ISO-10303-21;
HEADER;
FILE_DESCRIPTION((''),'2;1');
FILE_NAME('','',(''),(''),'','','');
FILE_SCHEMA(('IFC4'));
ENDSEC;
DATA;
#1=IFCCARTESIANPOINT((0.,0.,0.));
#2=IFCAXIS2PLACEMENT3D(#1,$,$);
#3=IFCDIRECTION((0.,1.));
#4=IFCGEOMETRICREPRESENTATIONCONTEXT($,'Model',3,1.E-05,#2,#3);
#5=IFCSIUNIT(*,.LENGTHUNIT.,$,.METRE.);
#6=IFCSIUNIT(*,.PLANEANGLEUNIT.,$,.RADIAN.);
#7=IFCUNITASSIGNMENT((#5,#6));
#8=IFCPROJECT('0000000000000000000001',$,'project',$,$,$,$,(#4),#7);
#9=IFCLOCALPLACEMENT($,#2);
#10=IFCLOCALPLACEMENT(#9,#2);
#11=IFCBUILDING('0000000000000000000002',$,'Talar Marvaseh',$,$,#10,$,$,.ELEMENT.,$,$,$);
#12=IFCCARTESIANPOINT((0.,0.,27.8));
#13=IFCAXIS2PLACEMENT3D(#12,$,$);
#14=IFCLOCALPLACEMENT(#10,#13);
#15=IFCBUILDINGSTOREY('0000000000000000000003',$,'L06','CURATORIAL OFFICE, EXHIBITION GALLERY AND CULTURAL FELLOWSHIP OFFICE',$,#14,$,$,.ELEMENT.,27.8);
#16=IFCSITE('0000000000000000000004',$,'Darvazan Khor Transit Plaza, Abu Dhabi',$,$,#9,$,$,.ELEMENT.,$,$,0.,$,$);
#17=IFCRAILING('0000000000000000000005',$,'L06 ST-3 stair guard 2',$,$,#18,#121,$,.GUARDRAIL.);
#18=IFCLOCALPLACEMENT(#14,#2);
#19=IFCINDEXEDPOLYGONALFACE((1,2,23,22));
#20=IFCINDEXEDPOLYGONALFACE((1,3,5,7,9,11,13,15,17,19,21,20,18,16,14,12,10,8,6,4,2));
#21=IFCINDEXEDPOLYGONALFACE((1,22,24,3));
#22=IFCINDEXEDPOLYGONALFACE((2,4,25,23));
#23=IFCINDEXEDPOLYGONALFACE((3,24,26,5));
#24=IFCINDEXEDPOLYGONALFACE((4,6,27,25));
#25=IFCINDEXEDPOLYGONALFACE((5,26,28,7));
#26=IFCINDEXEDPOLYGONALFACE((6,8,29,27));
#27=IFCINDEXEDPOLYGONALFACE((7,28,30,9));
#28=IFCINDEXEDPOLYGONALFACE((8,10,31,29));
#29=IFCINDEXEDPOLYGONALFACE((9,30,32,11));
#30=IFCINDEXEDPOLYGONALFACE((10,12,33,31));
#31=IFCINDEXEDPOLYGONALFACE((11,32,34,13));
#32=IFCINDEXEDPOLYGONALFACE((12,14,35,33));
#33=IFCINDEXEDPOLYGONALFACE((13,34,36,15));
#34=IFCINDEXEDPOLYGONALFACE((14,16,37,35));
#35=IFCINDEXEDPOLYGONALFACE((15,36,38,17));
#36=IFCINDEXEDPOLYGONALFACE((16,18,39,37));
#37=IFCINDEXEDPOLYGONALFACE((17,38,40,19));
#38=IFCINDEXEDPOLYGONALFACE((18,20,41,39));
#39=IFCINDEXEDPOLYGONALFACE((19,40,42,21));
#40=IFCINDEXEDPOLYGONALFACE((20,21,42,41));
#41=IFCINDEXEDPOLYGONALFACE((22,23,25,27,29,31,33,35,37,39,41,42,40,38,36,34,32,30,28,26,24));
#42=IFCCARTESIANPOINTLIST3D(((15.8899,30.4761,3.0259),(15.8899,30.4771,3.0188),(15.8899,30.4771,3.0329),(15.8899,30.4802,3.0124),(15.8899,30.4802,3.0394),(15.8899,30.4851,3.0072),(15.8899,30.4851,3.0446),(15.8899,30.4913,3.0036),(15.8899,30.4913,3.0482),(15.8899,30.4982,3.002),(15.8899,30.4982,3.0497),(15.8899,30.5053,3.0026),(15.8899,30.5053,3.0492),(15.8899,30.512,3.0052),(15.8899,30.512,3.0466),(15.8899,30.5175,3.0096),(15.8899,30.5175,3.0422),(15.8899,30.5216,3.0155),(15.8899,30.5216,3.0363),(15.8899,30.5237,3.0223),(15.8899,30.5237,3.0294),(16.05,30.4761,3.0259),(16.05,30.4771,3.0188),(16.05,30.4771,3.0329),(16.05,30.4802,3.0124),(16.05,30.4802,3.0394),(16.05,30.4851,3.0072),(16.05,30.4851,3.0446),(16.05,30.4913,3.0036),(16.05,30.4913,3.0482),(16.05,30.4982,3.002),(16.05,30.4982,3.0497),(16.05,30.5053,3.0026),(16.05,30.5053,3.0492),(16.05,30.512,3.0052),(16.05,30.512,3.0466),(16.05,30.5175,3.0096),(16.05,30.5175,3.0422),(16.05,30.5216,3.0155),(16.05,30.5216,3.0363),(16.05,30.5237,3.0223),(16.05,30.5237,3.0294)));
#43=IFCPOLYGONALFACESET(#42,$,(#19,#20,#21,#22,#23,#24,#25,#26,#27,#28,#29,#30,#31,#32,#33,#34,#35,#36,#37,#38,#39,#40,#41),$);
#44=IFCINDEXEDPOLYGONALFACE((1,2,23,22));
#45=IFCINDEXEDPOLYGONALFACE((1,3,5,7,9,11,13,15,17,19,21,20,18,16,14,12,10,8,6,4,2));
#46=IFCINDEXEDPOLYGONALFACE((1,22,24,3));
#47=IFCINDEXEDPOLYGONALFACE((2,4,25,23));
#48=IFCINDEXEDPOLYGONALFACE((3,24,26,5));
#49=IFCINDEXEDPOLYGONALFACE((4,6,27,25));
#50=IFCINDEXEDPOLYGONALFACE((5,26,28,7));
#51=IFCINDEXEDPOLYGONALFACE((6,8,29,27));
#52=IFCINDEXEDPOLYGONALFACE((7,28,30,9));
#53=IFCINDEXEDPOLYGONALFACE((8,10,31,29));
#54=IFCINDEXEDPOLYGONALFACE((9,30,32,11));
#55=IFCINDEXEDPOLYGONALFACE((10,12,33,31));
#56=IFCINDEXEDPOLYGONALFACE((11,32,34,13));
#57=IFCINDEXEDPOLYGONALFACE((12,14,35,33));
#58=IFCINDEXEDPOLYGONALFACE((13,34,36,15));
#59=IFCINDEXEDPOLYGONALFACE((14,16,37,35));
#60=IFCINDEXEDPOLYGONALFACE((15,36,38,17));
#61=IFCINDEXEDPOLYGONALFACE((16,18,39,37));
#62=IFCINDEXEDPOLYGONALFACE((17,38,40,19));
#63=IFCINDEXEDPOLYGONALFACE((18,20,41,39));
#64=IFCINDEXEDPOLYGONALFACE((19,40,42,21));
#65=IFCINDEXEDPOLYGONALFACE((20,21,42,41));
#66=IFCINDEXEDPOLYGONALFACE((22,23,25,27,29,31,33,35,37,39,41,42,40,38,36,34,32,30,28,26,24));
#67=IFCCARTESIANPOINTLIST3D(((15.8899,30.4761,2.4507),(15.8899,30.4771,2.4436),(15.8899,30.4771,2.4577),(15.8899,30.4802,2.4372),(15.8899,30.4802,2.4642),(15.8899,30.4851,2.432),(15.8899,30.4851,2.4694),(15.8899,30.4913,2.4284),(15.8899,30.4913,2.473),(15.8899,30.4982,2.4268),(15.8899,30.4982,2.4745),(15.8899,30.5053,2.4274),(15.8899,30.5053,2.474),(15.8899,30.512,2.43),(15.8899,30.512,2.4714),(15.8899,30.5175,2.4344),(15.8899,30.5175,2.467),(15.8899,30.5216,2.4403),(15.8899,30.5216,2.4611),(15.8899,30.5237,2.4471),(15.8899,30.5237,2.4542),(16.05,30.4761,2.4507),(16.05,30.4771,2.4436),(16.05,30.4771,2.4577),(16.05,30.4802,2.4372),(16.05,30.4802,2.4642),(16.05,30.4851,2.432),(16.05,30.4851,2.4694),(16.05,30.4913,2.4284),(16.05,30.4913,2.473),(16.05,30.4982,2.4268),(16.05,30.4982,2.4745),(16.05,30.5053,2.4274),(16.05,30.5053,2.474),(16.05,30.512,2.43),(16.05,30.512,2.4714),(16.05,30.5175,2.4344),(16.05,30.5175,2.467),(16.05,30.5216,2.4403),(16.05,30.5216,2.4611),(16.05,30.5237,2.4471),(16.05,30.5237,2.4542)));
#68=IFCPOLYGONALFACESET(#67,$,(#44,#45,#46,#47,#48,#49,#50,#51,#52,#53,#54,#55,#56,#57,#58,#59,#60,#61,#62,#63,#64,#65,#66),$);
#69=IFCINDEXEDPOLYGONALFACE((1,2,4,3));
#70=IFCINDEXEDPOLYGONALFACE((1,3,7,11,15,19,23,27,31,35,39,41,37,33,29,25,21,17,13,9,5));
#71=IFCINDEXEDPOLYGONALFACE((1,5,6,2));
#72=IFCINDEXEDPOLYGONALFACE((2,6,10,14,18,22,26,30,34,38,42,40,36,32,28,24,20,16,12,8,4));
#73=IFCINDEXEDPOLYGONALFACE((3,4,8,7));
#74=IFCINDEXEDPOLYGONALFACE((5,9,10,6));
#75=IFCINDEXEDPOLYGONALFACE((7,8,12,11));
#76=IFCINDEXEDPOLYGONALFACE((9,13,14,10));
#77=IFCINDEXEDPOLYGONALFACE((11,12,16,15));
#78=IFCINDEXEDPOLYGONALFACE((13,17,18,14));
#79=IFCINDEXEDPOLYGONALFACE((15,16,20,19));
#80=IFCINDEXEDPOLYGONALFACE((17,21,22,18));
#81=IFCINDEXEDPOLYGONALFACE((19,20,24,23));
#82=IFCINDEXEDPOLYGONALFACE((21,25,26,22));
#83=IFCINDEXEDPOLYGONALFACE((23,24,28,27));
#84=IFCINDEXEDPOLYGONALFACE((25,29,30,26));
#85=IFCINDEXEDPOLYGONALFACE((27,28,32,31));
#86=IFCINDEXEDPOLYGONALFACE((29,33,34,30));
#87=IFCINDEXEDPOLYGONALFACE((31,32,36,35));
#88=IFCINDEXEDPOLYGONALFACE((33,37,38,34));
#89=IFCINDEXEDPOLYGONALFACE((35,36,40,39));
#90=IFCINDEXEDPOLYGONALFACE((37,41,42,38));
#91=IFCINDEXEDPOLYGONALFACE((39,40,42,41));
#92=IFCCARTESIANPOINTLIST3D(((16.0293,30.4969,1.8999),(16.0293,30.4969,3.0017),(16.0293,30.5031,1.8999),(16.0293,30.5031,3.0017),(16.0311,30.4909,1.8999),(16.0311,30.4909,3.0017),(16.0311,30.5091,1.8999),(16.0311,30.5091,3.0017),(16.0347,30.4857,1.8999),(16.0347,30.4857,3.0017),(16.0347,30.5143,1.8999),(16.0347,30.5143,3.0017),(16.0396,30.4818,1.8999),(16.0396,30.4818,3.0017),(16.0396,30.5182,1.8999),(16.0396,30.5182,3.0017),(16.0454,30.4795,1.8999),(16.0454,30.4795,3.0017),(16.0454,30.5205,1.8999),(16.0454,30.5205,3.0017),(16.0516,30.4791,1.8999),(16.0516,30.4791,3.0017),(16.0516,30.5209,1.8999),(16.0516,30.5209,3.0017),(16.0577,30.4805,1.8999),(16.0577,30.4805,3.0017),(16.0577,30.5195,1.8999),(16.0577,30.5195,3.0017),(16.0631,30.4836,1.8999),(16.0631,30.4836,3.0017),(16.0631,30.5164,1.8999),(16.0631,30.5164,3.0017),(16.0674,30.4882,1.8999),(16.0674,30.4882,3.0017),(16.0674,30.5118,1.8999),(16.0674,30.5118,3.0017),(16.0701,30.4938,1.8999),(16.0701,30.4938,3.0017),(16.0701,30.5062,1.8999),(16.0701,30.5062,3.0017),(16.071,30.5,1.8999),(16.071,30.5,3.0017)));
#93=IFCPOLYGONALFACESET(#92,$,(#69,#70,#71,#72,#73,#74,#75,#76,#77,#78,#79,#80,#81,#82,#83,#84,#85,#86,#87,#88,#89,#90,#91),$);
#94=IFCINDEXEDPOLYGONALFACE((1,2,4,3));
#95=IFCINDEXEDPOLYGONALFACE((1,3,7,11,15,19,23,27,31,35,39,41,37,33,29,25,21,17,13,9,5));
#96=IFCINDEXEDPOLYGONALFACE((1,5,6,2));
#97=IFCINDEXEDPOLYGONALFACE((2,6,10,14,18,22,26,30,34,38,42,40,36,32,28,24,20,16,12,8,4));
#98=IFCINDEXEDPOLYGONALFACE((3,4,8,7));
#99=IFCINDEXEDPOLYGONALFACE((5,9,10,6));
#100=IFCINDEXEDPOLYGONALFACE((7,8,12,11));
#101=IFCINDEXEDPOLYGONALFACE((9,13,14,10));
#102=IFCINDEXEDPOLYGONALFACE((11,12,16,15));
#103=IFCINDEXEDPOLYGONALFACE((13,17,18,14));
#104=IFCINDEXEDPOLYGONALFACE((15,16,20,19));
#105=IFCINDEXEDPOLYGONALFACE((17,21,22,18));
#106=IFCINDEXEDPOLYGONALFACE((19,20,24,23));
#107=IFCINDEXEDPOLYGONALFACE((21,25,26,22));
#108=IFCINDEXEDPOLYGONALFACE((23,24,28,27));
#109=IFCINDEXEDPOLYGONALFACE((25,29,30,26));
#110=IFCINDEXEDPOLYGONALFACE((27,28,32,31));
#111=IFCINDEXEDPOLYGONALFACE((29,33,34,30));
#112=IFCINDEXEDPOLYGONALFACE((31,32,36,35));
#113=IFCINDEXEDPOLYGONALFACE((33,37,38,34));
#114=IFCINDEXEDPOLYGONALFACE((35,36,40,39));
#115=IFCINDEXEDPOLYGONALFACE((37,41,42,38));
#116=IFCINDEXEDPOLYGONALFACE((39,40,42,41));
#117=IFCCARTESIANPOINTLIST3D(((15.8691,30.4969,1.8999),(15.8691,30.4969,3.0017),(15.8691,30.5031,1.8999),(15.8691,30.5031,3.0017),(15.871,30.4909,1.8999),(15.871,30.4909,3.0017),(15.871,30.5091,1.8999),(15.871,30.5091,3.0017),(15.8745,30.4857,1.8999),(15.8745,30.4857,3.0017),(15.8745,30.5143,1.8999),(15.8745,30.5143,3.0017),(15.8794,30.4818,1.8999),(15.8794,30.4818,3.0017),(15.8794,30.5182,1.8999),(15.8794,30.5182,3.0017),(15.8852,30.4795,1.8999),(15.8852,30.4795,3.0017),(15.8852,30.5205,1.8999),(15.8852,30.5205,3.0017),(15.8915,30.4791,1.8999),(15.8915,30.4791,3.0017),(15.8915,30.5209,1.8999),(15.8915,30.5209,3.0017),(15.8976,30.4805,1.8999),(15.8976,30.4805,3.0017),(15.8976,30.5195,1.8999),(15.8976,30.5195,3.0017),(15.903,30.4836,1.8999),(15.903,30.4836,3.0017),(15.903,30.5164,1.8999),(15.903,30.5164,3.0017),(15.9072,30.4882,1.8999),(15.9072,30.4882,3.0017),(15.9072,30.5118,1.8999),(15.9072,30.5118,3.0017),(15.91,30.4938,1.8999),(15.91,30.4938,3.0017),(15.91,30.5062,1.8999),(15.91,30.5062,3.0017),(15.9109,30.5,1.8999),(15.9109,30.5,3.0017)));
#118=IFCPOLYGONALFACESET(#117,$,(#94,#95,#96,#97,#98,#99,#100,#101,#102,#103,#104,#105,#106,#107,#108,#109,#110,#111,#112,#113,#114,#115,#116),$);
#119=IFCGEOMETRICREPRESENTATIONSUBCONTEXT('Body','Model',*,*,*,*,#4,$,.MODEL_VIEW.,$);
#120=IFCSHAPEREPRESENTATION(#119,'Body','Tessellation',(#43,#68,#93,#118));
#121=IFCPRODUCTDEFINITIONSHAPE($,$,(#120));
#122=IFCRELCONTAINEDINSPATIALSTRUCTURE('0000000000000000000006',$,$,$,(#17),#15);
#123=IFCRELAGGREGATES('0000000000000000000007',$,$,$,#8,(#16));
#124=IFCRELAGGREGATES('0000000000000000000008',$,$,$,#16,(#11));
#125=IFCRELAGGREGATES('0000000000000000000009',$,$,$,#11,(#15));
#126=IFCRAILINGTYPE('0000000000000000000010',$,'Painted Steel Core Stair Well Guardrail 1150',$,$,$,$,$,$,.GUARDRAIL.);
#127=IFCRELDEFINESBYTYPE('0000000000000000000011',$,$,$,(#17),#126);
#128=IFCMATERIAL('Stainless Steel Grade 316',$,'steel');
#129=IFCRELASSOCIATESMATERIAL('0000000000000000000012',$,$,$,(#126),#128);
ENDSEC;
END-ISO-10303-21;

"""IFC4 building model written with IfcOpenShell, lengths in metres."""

from ifc_helpers import new_model, si_unit, direction, frame, origin, origin_2d, place, context, subcontext, project, spatial, circle, extrude, material, type_object, element, save


model = new_model("IFC4")

# Units and contexts
model_context = context("Model", 3, precision=1e-05, world=origin(), true_north=direction((0.0, 1.0)))
body_context = subcontext(model_context, "Body", "Model", "MODEL_VIEW")
ifc_project = project(units=[si_unit("LENGTHUNIT", "METRE"), si_unit("PLANEANGLEUNIT", "RADIAN")], contexts=[model_context])

# Site, building, storey
site_placement = place(None, origin())
site = spatial("IfcSite", under=ifc_project, at=site_placement, Name="Darvazan Khor Transit Plaza, Abu Dhabi", CompositionType="ELEMENT", RefElevation=0.0)
building_placement = place(site_placement, origin())
building = spatial("IfcBuilding", under=site, at=building_placement, Name="Talar Marvaseh", CompositionType="ELEMENT")
storey_placement = place(building_placement, frame((0.0, 0.0, 27.8)))
storey = spatial("IfcBuildingStorey", under=building, at=storey_placement, Name="L06", Description="CURATORIAL OFFICE, EXHIBITION GALLERY AND CULTURAL FELLOWSHIP OFFICE", CompositionType="ELEMENT", Elevation=27.8)

# Railing
ifc_material_1 = material(Name="Stainless Steel Grade 316", Category="steel")
railing_type_1 = type_object("IfcRailingType", Name="Painted Steel Core Stair Well Guardrail 1150", PredefinedType="GUARDRAIL", material=ifc_material_1)
railing_1_placement = place(storey_placement, frame((16.05, 30.5, 1.8999)))
element("IfcRailing", 1, at=railing_1_placement, inside=storey, type_object=railing_type_1, Name="L06 ST-3 stair guard 2", PredefinedType="GUARDRAIL", context=body_context, shape_type="SweptSolid", body=[
    extrude(circle(Radius=0.0239, at=origin_2d()), frame((0.0, 0.0, 1.126), z_axis=(-1.0, 0.0, 0.0), x_axis=(0.0, -1.0, 0.0)), (0.0, 0.0, 1.0), 0.1602),
    extrude(circle(Radius=0.0239, at=origin_2d()), frame((0.0, 0.0, 0.5508), z_axis=(-1.0, 0.0, 0.0), x_axis=(0.0, -1.0, 0.0)), (0.0, 0.0, 1.0), 0.1602),
    extrude(circle(Radius=0.021, at=origin_2d()), origin(), (0.0, 0.0, 1.0), 1.1018),
    extrude(circle(Radius=0.021, at=origin_2d()), frame((-0.1602, 0.0, 0.0)), (0.0, 0.0, 1.0), 1.1018),
])

save(model, "model.ifc")
